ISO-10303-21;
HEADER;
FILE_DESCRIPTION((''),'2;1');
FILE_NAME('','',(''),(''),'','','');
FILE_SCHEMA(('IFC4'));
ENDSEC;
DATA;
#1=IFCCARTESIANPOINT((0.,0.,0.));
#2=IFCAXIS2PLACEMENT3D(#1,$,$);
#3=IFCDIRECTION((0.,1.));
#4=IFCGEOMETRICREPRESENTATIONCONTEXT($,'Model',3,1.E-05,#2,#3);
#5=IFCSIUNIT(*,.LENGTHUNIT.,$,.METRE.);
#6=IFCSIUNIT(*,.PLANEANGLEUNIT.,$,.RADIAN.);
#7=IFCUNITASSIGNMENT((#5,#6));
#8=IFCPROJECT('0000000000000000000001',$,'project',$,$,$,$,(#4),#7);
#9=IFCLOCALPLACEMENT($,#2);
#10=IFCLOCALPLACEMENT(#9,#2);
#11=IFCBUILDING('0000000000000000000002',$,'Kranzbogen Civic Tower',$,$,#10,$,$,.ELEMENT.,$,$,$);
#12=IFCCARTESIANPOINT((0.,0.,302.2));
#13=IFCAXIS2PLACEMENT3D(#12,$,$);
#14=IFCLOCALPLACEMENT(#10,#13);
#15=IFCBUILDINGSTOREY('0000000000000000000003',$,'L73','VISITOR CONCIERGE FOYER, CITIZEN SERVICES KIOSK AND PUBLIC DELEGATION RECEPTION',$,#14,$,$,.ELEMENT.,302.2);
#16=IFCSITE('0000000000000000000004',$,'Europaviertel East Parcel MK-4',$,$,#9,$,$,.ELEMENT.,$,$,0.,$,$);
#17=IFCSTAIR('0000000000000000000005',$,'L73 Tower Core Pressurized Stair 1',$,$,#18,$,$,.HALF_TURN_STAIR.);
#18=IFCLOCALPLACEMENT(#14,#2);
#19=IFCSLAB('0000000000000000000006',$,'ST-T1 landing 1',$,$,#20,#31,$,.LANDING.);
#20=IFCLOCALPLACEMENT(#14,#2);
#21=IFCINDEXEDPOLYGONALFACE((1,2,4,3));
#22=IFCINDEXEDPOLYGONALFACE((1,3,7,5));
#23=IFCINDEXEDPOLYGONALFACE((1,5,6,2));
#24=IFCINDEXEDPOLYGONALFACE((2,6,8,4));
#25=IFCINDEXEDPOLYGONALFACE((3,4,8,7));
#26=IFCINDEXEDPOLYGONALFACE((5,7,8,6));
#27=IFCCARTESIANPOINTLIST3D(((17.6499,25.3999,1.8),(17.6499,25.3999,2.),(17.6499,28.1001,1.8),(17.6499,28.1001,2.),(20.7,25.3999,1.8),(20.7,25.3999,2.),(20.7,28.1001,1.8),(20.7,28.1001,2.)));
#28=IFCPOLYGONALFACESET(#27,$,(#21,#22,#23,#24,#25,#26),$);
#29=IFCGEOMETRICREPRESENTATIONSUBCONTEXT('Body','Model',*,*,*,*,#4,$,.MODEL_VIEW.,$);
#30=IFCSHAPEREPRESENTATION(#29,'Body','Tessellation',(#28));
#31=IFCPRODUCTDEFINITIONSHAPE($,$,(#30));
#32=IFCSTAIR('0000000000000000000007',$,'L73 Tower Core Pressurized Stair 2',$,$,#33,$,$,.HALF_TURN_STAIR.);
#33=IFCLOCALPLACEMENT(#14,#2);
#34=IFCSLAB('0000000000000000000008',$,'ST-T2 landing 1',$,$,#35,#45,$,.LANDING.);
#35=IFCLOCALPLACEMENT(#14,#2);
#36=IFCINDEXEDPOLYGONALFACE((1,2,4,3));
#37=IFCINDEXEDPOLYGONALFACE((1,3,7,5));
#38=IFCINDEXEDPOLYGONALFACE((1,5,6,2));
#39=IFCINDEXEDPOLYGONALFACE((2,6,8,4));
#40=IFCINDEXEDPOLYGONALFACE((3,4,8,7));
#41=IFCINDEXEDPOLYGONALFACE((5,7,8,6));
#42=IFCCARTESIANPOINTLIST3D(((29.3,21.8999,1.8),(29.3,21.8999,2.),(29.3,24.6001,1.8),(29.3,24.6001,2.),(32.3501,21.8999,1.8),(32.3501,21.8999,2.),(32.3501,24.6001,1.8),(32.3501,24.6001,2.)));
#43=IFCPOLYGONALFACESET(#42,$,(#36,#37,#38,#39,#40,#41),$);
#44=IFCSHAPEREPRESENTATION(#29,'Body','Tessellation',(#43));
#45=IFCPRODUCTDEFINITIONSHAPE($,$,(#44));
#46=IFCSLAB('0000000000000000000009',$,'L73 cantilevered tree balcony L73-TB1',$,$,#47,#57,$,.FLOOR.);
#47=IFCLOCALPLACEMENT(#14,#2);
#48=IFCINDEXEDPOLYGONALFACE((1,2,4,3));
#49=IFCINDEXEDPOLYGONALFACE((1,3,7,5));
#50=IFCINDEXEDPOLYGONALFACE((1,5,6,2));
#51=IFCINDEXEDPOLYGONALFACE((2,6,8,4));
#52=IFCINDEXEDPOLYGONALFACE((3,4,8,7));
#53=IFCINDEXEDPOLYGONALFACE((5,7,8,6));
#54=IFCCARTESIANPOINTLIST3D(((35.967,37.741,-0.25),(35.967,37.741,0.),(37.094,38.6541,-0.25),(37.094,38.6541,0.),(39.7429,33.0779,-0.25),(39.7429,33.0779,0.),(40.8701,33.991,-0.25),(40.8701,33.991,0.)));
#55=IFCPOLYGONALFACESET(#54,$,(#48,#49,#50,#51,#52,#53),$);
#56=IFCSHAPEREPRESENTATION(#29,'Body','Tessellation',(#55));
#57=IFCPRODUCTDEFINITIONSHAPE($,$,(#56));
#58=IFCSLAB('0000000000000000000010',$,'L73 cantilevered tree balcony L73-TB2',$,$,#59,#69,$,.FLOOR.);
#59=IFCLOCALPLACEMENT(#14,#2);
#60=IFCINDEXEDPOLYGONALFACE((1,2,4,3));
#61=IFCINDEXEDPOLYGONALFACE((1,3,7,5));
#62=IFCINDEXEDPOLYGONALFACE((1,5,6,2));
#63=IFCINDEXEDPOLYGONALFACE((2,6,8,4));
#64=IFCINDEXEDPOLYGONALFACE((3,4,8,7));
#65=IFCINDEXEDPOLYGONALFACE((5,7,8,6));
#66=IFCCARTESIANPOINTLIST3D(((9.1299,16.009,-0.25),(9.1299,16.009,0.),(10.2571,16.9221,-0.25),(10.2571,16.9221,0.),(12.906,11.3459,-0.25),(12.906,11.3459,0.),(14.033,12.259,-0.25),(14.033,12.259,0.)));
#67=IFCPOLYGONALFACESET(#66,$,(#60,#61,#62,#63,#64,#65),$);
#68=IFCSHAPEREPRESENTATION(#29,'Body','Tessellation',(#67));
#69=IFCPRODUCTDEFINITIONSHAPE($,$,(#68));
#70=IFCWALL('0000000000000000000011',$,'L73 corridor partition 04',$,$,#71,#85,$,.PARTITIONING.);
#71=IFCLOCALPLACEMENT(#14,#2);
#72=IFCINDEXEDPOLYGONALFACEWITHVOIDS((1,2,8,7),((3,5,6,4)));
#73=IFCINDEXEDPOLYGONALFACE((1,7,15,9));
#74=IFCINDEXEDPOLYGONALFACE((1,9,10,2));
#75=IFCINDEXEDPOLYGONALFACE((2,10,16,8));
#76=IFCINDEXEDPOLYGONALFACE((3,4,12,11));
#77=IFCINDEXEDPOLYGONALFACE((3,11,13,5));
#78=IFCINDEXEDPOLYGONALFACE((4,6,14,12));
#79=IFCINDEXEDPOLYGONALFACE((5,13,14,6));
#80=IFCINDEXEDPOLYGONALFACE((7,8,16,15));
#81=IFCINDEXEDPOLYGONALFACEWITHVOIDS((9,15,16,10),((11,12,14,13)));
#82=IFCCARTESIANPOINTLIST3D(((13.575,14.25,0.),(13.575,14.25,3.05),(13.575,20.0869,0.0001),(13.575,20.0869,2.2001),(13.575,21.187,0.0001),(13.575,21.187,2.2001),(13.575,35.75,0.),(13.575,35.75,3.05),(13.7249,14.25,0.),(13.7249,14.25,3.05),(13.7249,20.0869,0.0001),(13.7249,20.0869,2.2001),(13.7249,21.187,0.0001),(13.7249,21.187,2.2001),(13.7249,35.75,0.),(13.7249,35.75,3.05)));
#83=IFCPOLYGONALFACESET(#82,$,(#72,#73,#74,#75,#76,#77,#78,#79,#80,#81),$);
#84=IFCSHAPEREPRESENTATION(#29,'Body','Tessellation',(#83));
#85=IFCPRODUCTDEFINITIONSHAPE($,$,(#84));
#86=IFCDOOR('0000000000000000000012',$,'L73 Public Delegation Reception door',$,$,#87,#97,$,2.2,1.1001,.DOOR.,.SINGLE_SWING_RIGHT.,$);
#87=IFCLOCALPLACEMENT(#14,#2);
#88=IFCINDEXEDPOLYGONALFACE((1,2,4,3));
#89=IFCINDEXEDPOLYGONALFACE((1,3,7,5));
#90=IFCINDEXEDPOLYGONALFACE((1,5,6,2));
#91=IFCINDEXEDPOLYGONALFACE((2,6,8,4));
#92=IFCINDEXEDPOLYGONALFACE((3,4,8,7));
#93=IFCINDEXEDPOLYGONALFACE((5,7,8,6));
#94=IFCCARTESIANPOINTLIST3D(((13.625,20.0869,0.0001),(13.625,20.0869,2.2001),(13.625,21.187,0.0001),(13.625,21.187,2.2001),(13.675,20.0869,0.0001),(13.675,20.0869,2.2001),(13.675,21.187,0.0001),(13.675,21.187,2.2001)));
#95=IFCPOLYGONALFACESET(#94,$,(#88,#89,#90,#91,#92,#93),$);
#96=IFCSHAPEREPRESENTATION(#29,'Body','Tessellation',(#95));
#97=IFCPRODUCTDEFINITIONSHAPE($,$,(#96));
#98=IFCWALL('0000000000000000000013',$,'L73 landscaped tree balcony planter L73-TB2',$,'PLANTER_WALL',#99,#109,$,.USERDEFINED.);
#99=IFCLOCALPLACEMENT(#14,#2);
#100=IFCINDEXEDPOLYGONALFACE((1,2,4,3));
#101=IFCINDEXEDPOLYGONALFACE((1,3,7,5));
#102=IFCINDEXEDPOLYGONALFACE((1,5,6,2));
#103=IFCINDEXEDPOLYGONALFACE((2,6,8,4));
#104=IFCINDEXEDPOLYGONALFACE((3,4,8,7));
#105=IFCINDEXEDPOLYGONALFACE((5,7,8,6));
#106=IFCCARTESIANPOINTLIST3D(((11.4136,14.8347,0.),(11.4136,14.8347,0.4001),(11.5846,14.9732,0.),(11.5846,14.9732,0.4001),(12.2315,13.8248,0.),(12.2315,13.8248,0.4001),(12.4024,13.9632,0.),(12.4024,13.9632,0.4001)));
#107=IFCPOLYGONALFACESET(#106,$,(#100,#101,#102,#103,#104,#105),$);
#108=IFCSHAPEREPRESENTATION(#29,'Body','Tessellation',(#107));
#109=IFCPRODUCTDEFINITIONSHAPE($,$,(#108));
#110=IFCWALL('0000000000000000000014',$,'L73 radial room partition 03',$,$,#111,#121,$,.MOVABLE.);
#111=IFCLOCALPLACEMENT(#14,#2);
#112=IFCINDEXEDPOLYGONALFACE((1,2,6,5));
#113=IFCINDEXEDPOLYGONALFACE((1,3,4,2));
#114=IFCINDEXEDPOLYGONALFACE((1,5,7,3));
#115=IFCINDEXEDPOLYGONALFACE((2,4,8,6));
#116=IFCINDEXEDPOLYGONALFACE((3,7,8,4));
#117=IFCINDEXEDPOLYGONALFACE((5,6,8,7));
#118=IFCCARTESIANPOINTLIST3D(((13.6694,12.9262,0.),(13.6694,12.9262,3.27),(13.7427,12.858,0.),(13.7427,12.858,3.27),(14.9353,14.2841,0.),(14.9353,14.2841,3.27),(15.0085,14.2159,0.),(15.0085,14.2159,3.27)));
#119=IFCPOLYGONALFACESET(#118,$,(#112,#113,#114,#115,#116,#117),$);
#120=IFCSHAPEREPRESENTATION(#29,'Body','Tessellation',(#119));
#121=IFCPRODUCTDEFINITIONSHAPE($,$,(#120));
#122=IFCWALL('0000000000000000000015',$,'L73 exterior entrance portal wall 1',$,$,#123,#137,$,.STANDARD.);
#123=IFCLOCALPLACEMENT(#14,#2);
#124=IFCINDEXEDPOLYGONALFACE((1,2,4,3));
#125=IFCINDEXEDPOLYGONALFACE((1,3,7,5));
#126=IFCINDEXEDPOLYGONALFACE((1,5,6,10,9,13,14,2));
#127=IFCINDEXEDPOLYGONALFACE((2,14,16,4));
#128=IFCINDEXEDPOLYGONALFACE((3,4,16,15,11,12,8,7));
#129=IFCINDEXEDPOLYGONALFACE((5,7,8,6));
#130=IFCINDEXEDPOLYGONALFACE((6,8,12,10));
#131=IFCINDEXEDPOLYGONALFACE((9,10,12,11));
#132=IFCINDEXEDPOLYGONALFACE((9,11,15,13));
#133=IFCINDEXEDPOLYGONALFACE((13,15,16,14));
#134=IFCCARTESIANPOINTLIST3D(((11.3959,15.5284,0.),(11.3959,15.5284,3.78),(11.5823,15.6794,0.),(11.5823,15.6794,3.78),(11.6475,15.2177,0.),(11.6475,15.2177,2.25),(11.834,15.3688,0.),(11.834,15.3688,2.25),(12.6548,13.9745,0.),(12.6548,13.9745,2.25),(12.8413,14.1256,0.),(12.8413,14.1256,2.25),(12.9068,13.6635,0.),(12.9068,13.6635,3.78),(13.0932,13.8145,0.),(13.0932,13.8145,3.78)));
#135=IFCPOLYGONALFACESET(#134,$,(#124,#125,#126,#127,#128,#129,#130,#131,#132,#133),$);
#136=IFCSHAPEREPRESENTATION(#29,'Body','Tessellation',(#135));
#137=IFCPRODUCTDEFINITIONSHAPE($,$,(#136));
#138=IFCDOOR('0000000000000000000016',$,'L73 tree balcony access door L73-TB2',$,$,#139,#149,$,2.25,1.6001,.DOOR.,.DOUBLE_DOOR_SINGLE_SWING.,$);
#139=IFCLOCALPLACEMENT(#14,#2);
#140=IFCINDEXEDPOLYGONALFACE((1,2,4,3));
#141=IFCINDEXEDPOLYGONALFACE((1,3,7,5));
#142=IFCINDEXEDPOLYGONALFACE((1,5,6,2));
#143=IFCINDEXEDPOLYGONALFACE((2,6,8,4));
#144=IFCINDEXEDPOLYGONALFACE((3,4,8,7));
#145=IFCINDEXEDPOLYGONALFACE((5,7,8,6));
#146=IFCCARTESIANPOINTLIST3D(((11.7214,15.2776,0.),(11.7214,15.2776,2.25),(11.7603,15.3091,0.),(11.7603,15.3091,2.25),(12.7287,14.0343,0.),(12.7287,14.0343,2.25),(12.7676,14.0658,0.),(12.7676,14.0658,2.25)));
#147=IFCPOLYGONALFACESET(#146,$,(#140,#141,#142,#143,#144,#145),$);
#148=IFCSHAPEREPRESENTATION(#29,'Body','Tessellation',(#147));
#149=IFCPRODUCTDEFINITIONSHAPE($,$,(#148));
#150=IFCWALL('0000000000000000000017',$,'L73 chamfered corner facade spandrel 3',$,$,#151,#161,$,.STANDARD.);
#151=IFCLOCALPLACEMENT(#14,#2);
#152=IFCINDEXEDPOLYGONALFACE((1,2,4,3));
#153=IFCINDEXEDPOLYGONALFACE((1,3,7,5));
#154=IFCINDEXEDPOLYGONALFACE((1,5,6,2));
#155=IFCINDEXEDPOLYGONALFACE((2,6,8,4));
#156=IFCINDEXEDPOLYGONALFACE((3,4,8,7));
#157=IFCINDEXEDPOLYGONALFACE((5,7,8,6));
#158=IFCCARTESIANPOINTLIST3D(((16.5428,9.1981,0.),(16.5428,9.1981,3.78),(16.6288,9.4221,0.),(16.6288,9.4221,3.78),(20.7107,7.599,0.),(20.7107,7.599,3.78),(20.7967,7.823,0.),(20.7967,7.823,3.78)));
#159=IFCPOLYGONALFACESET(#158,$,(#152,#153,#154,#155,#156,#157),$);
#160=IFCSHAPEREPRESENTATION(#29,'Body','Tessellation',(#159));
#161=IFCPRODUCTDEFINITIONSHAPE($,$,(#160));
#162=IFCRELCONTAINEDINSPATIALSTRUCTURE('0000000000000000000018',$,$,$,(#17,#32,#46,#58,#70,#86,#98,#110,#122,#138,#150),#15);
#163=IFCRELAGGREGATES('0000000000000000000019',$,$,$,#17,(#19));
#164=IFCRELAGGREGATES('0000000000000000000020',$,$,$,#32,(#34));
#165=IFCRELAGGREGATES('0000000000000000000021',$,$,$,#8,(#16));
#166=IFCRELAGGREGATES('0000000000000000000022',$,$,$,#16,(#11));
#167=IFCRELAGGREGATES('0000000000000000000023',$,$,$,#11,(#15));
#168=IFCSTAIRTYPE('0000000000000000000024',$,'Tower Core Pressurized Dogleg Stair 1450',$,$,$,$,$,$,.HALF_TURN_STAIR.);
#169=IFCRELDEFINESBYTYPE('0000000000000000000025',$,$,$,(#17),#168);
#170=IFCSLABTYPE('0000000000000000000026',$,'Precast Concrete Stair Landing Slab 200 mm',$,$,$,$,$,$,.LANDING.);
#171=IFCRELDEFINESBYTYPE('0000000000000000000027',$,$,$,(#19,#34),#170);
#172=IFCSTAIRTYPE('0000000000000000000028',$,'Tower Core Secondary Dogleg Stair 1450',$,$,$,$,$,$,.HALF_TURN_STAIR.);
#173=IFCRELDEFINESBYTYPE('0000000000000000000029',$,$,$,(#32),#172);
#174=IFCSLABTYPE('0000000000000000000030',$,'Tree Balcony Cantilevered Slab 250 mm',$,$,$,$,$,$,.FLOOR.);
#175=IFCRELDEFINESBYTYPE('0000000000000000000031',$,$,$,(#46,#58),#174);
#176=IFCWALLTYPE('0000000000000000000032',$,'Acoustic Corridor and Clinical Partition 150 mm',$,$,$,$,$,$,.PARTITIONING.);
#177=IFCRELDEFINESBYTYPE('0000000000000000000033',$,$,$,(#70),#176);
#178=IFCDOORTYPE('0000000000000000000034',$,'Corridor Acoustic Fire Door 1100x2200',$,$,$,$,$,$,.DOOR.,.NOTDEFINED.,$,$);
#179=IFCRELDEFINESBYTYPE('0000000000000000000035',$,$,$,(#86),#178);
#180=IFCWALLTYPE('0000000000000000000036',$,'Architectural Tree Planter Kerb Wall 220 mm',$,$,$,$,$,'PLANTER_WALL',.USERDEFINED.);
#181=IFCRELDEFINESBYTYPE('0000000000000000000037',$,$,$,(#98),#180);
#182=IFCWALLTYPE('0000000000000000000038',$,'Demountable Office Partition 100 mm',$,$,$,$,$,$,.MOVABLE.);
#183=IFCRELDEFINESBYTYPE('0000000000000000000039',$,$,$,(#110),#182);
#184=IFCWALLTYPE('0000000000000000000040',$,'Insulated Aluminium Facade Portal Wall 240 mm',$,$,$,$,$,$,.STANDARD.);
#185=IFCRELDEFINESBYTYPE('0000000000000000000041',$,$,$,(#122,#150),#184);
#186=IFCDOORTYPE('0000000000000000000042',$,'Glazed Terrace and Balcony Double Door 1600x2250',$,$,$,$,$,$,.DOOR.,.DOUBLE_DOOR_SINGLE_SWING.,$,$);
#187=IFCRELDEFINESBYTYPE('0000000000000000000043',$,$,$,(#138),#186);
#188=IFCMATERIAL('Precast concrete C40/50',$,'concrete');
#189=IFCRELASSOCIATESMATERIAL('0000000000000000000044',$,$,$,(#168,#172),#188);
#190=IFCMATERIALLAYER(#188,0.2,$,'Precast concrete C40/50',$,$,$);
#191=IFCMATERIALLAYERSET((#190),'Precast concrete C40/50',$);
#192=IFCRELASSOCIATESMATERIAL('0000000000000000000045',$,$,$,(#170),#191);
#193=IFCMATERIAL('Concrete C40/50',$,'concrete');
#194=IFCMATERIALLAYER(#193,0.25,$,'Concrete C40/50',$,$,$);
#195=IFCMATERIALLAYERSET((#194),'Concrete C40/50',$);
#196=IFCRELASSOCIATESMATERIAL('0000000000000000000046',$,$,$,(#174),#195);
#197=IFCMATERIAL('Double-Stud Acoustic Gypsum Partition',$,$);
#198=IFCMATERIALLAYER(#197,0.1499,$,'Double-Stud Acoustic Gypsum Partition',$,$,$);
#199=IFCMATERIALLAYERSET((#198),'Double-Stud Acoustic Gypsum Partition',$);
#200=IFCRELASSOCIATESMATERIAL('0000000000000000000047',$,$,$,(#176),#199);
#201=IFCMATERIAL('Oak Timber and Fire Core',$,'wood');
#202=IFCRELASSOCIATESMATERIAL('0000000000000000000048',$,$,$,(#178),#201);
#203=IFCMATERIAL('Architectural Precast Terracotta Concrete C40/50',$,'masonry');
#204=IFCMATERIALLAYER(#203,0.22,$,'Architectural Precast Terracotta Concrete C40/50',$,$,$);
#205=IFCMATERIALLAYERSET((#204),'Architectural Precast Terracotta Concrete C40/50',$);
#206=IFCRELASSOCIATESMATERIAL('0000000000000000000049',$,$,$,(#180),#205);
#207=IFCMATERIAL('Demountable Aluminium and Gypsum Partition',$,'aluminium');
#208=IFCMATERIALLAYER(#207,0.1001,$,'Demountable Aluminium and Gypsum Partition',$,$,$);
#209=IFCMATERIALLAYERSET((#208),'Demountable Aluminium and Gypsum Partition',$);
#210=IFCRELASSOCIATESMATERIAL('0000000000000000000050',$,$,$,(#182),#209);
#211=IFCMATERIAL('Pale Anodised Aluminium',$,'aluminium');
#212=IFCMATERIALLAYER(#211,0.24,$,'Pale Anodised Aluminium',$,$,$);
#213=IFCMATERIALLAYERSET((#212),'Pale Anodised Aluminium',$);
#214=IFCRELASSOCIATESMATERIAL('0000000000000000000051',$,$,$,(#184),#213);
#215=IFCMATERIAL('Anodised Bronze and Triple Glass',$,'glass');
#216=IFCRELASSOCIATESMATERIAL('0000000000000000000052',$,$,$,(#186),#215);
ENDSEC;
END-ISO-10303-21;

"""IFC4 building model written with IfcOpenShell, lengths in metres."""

from ifc_helpers import new_model, si_unit, direction, frame, frame_2d, origin, place, context, subcontext, project, spatial, polyline, rectangle, outline, extrude, material, layer, layer_set, type_object, element, fill, aggregate, save


model = new_model("IFC4")

# Units and contexts
model_context = context("Model", 3, precision=1e-05, world=origin(), true_north=direction((0.0, 1.0)))
body_context = subcontext(model_context, "Body", "Model", "MODEL_VIEW")
ifc_project = project(units=[si_unit("LENGTHUNIT", "METRE"), si_unit("PLANEANGLEUNIT", "RADIAN")], contexts=[model_context])

# Site, building, storey
site_placement = place(None, origin())
site = spatial("IfcSite", under=ifc_project, at=site_placement, Name="Europaviertel East Parcel MK-4", CompositionType="ELEMENT", RefElevation=0.0)
building_placement = place(site_placement, origin())
building = spatial("IfcBuilding", under=site, at=building_placement, Name="Kranzbogen Civic Tower", CompositionType="ELEMENT")
storey_placement = place(building_placement, frame((0.0, 0.0, 302.2)))
storey = spatial("IfcBuildingStorey", under=building, at=storey_placement, Name="L73", Description="VISITOR CONCIERGE FOYER, CITIZEN SERVICES KIOSK AND PUBLIC DELEGATION RECEPTION", CompositionType="ELEMENT", Elevation=302.2)

# Shared definitions
ifc_material_1 = material(Name="Pale Anodised Aluminium", Category="aluminium")

# Shared definitions
ifc_material_2 = material(Name="Concrete C40/50", Category="concrete")

# Stairs, slabs
ifc_material_3 = material(Name="Precast concrete C40/50", Category="concrete")
stair_type_1 = type_object("IfcStairType", Name="Tower Core Pressurized Dogleg Stair 1450", PredefinedType="HALF_TURN_STAIR", material=ifc_material_3)
stair_1_placement = place(storey_placement, origin())
stair_1 = element("IfcStair", 1, at=stair_1_placement, inside=storey, type_object=stair_type_1, Name="L73 Tower Core Pressurized Stair 1", PredefinedType="HALF_TURN_STAIR")
ifc_layer_1 = layer(ifc_material_3, 0.2, Name="Precast concrete C40/50")
ifc_layer_set_1 = layer_set([ifc_layer_1], Name="Precast concrete C40/50")
slab_type_1 = type_object("IfcSlabType", Name="Precast Concrete Stair Landing Slab 200 mm", PredefinedType="LANDING", material=ifc_layer_set_1)
slab_1_placement = place(storey_placement, frame((0.0, 0.0, 1.8)))
slab_1 = element("IfcSlab", 2, at=slab_1_placement, type_object=slab_type_1, Name="ST-T1 landing 1", PredefinedType="LANDING", context=body_context, shape_type="SweptSolid", body=[
    extrude(outline(polyline([(20.7, 25.3999), (20.7, 28.1001), (17.6499, 28.1001), (17.6499, 25.3999), (20.7, 25.3999)])), origin(), (0.0, 0.0, 1.0), 0.2),
])
aggregate(stair_1, [slab_1])
stair_type_2 = type_object("IfcStairType", Name="Tower Core Secondary Dogleg Stair 1450", PredefinedType="HALF_TURN_STAIR", material=ifc_material_3)
stair_2_placement = place(storey_placement, origin())
stair_2 = element("IfcStair", 3, at=stair_2_placement, inside=storey, type_object=stair_type_2, Name="L73 Tower Core Pressurized Stair 2", PredefinedType="HALF_TURN_STAIR")
slab_2_placement = place(storey_placement, frame((0.0, 0.0, 1.8)))
slab_2 = element("IfcSlab", 4, at=slab_2_placement, type_object=slab_type_1, Name="ST-T2 landing 1", PredefinedType="LANDING", context=body_context, shape_type="SweptSolid", body=[
    extrude(outline(polyline([(29.3, 24.6001), (29.3, 21.8999), (32.3501, 21.8999), (32.3501, 24.6001), (29.3, 24.6001)])), origin(), (0.0, 0.0, 1.0), 0.2),
])
aggregate(stair_2, [slab_2])

# Slabs
ifc_layer_2 = layer(ifc_material_2, 0.25, Name="Concrete C40/50")
ifc_layer_set_2 = layer_set([ifc_layer_2], Name="Concrete C40/50")
slab_type_2 = type_object("IfcSlabType", Name="Tree Balcony Cantilevered Slab 250 mm", PredefinedType="FLOOR", material=ifc_layer_set_2)
slab_3_placement = place(storey_placement, frame((0.0, 0.0, -0.25)))
element("IfcSlab", 5, at=slab_3_placement, inside=storey, type_object=slab_type_2, Name="L73 cantilevered tree balcony L73-TB1", PredefinedType="FLOOR", context=body_context, shape_type="SweptSolid", body=[
    extrude(outline(polyline([(39.7429, 33.0779), (35.967, 37.741), (37.094, 38.6541), (40.8701, 33.991), (39.7429, 33.0779)])), origin(), (0.0, 0.0, 1.0), 0.25),
])
slab_4_placement = place(storey_placement, frame((0.0, 0.0, -0.25)))
element("IfcSlab", 6, at=slab_4_placement, inside=storey, type_object=slab_type_2, Name="L73 cantilevered tree balcony L73-TB2", PredefinedType="FLOOR", context=body_context, shape_type="SweptSolid", body=[
    extrude(outline(polyline([(10.2571, 16.9221), (14.033, 12.259), (12.906, 11.3459), (9.1299, 16.009), (10.2571, 16.9221)])), origin(), (0.0, 0.0, 1.0), 0.25),
])

# Wall, opening, door
ifc_material_4 = material(Name="Double-Stud Acoustic Gypsum Partition")
ifc_layer_3 = layer(ifc_material_4, 0.1499, Name="Double-Stud Acoustic Gypsum Partition")
ifc_layer_set_3 = layer_set([ifc_layer_3], Name="Double-Stud Acoustic Gypsum Partition")
wall_type_1 = type_object("IfcWallType", Name="Acoustic Corridor and Clinical Partition 150 mm", PredefinedType="PARTITIONING", material=ifc_layer_set_3)
wall_1_placement = place(storey_placement, frame((13.6499, 14.25, 0.0), z_axis=(0.0, 0.0, 1.0), x_axis=(0.0, 1.0, 0.0)))
wall_1 = element("IfcWall", 7, at=wall_1_placement, inside=storey, type_object=wall_type_1, Name="L73 corridor partition 04", PredefinedType="PARTITIONING", context=body_context, shape_type="SweptSolid", body=[
    extrude(rectangle(XDim=21.5, YDim=0.1499, at=frame_2d((10.75, 0.0))), origin(), (0.0, 0.0, 1.0), 3.05),
])
opening_1_placement = place(wall_1_placement, frame((5.8369, 0.0, 0.0)))
opening_1 = element("IfcOpeningElement", 8, at=opening_1_placement, cuts=wall_1, PredefinedType="OPENING", context=body_context, shape_type="SweptSolid", body=[
    extrude(rectangle(XDim=1.1001, YDim=2.2, at=frame_2d((0.55, 1.1001))), frame((0.0, 0.085, 0.0), z_axis=(0.0, -1.0, 0.0), x_axis=(1.0, 0.0, 0.0)), (0.0, 0.0, 1.0), 0.1699),
])
ifc_material_5 = material(Name="Oak Timber and Fire Core", Category="wood")
door_type_1 = type_object("IfcDoorType", Name="Corridor Acoustic Fire Door 1100x2200", OperationType="NOTDEFINED", PredefinedType="DOOR", material=ifc_material_5)
door_1_placement = place(opening_1_placement, origin())
door_1 = element("IfcDoor", 9, at=door_1_placement, inside=storey, type_object=door_type_1, Name="L73 Public Delegation Reception door", OperationType="SINGLE_SWING_RIGHT", OverallHeight=2.2, OverallWidth=1.1001, PredefinedType="DOOR", context=body_context, shape_type="SweptSolid", body=[
    extrude(rectangle(XDim=1.1001, YDim=2.2, at=frame_2d((0.55, 1.1001))), frame((0.0, 0.0249, 0.0), z_axis=(0.0, -1.0, 0.0), x_axis=(1.0, 0.0, 0.0)), (0.0, 0.0, 1.0), 0.05),
])
fill(opening_1, door_1)

# Walls
ifc_material_6 = material(Name="Architectural Precast Terracotta Concrete C40/50", Category="masonry")
ifc_layer_4 = layer(ifc_material_6, 0.22, Name="Architectural Precast Terracotta Concrete C40/50")
ifc_layer_set_4 = layer_set([ifc_layer_4], Name="Architectural Precast Terracotta Concrete C40/50")
wall_type_2 = type_object("IfcWallType", Name="Architectural Tree Planter Kerb Wall 220 mm", ElementType="PLANTER_WALL", PredefinedType="USERDEFINED", material=ifc_layer_set_4)
wall_2_placement = place(storey_placement, frame((11.499, 14.9041, 0.0), z_axis=(0.0, 0.0, 1.0), x_axis=(0.629312, -0.777153, 0.0)))
element("IfcWall", 10, at=wall_2_placement, inside=storey, type_object=wall_type_2, Name="L73 landscaped tree balcony planter L73-TB2", ObjectType="PLANTER_WALL", PredefinedType="USERDEFINED", context=body_context, shape_type="SweptSolid", body=[
    extrude(rectangle(XDim=1.2996, YDim=0.22, at=frame_2d((0.6499, 0.0))), origin(), (0.0, 0.0, 1.0), 0.4001),
])
ifc_material_7 = material(Name="Demountable Aluminium and Gypsum Partition", Category="aluminium")
ifc_layer_5 = layer(ifc_material_7, 0.1001, Name="Demountable Aluminium and Gypsum Partition")
ifc_layer_set_5 = layer_set([ifc_layer_5], Name="Demountable Aluminium and Gypsum Partition")
wall_type_3 = type_object("IfcWallType", Name="Demountable Office Partition 100 mm", PredefinedType="MOVABLE", material=ifc_layer_set_5)
wall_3_placement = place(storey_placement, frame((14.9719, 14.25, 0.0), z_axis=(0.0, 0.0, 1.0), x_axis=(-0.681882, -0.731462, 0.0)))
element("IfcWall", 11, at=wall_3_placement, inside=storey, type_object=wall_type_3, Name="L73 radial room partition 03", PredefinedType="MOVABLE", context=body_context, shape_type="SweptSolid", body=[
    extrude(rectangle(XDim=1.8564, YDim=0.1001, at=frame_2d((0.9282, 0.0))), origin(), (0.0, 0.0, 1.0), 3.27),
])

# Wall, opening, door
ifc_layer_6 = layer(ifc_material_1, 0.24, Name="Pale Anodised Aluminium")
ifc_layer_set_6 = layer_set([ifc_layer_6], Name="Pale Anodised Aluminium")
wall_type_4 = type_object("IfcWallType", Name="Insulated Aluminium Facade Portal Wall 240 mm", PredefinedType="STANDARD", material=ifc_layer_set_6)
wall_4_placement = place(storey_placement, frame((11.489, 15.604, 0.0), z_axis=(0.0, 0.0, 1.0), x_axis=(0.629508, -0.776994, 0.0)))
wall_4 = element("IfcWall", 12, at=wall_4_placement, inside=storey, type_object=wall_type_4, Name="L73 exterior entrance portal wall 1", PredefinedType="STANDARD", context=body_context, shape_type="SweptSolid", body=[
    extrude(rectangle(XDim=2.4001, YDim=0.24, at=frame_2d((1.2002, 0.0))), origin(), (0.0, 0.0, 1.0), 3.78),
])
opening_2_placement = place(wall_4_placement, frame((0.3999, 0.0, 0.0)))
opening_2 = element("IfcOpeningElement", 13, at=opening_2_placement, cuts=wall_4, PredefinedType="OPENING", context=body_context, shape_type="SweptSolid", body=[
    extrude(rectangle(XDim=1.6001, YDim=2.25, at=frame_2d((0.8, 1.125))), frame((0.0, 0.1299, 0.0), z_axis=(0.0, -1.0, 0.0), x_axis=(1.0, 0.0, 0.0)), (0.0, 0.0, 1.0), 0.26),
])
ifc_material_8 = material(Name="Anodised Bronze and Triple Glass", Category="glass")
door_type_2 = type_object("IfcDoorType", Name="Glazed Terrace and Balcony Double Door 1600x2250", OperationType="DOUBLE_DOOR_SINGLE_SWING", PredefinedType="DOOR", material=ifc_material_8)
door_2_placement = place(opening_2_placement, frame((1.6001, 0.0, 0.0), z_axis=(0.0, 0.0, 1.0), x_axis=(-1.0, 0.0, 0.0)))
door_2 = element("IfcDoor", 14, at=door_2_placement, inside=storey, type_object=door_type_2, Name="L73 tree balcony access door L73-TB2", OperationType="DOUBLE_DOOR_SINGLE_SWING", OverallHeight=2.25, OverallWidth=1.6001, PredefinedType="DOOR", context=body_context, shape_type="SweptSolid", body=[
    extrude(rectangle(XDim=1.6001, YDim=2.25, at=frame_2d((0.8, 1.125))), frame((0.0, 0.0249, 0.0), z_axis=(0.0, -1.0, 0.0), x_axis=(1.0, 0.0, 0.0)), (0.0, 0.0, 1.0), 0.05),
])
fill(opening_2, door_2)

# Wall
wall_5_placement = place(storey_placement, frame((16.5859, 9.3101, 0.0), z_axis=(0.0, 0.0, 1.0), x_axis=(0.933641, -0.358209, 0.0)))
element("IfcWall", 15, at=wall_5_placement, inside=storey, type_object=wall_type_4, Name="L73 chamfered corner facade spandrel 3", PredefinedType="STANDARD", context=body_context, shape_type="SweptSolid", body=[
    extrude(rectangle(XDim=4.4641, YDim=0.24, at=frame_2d((2.2319, 0.0))), origin(), (0.0, 0.0, 1.0), 3.78),
])

save(model, "model.ifc")
